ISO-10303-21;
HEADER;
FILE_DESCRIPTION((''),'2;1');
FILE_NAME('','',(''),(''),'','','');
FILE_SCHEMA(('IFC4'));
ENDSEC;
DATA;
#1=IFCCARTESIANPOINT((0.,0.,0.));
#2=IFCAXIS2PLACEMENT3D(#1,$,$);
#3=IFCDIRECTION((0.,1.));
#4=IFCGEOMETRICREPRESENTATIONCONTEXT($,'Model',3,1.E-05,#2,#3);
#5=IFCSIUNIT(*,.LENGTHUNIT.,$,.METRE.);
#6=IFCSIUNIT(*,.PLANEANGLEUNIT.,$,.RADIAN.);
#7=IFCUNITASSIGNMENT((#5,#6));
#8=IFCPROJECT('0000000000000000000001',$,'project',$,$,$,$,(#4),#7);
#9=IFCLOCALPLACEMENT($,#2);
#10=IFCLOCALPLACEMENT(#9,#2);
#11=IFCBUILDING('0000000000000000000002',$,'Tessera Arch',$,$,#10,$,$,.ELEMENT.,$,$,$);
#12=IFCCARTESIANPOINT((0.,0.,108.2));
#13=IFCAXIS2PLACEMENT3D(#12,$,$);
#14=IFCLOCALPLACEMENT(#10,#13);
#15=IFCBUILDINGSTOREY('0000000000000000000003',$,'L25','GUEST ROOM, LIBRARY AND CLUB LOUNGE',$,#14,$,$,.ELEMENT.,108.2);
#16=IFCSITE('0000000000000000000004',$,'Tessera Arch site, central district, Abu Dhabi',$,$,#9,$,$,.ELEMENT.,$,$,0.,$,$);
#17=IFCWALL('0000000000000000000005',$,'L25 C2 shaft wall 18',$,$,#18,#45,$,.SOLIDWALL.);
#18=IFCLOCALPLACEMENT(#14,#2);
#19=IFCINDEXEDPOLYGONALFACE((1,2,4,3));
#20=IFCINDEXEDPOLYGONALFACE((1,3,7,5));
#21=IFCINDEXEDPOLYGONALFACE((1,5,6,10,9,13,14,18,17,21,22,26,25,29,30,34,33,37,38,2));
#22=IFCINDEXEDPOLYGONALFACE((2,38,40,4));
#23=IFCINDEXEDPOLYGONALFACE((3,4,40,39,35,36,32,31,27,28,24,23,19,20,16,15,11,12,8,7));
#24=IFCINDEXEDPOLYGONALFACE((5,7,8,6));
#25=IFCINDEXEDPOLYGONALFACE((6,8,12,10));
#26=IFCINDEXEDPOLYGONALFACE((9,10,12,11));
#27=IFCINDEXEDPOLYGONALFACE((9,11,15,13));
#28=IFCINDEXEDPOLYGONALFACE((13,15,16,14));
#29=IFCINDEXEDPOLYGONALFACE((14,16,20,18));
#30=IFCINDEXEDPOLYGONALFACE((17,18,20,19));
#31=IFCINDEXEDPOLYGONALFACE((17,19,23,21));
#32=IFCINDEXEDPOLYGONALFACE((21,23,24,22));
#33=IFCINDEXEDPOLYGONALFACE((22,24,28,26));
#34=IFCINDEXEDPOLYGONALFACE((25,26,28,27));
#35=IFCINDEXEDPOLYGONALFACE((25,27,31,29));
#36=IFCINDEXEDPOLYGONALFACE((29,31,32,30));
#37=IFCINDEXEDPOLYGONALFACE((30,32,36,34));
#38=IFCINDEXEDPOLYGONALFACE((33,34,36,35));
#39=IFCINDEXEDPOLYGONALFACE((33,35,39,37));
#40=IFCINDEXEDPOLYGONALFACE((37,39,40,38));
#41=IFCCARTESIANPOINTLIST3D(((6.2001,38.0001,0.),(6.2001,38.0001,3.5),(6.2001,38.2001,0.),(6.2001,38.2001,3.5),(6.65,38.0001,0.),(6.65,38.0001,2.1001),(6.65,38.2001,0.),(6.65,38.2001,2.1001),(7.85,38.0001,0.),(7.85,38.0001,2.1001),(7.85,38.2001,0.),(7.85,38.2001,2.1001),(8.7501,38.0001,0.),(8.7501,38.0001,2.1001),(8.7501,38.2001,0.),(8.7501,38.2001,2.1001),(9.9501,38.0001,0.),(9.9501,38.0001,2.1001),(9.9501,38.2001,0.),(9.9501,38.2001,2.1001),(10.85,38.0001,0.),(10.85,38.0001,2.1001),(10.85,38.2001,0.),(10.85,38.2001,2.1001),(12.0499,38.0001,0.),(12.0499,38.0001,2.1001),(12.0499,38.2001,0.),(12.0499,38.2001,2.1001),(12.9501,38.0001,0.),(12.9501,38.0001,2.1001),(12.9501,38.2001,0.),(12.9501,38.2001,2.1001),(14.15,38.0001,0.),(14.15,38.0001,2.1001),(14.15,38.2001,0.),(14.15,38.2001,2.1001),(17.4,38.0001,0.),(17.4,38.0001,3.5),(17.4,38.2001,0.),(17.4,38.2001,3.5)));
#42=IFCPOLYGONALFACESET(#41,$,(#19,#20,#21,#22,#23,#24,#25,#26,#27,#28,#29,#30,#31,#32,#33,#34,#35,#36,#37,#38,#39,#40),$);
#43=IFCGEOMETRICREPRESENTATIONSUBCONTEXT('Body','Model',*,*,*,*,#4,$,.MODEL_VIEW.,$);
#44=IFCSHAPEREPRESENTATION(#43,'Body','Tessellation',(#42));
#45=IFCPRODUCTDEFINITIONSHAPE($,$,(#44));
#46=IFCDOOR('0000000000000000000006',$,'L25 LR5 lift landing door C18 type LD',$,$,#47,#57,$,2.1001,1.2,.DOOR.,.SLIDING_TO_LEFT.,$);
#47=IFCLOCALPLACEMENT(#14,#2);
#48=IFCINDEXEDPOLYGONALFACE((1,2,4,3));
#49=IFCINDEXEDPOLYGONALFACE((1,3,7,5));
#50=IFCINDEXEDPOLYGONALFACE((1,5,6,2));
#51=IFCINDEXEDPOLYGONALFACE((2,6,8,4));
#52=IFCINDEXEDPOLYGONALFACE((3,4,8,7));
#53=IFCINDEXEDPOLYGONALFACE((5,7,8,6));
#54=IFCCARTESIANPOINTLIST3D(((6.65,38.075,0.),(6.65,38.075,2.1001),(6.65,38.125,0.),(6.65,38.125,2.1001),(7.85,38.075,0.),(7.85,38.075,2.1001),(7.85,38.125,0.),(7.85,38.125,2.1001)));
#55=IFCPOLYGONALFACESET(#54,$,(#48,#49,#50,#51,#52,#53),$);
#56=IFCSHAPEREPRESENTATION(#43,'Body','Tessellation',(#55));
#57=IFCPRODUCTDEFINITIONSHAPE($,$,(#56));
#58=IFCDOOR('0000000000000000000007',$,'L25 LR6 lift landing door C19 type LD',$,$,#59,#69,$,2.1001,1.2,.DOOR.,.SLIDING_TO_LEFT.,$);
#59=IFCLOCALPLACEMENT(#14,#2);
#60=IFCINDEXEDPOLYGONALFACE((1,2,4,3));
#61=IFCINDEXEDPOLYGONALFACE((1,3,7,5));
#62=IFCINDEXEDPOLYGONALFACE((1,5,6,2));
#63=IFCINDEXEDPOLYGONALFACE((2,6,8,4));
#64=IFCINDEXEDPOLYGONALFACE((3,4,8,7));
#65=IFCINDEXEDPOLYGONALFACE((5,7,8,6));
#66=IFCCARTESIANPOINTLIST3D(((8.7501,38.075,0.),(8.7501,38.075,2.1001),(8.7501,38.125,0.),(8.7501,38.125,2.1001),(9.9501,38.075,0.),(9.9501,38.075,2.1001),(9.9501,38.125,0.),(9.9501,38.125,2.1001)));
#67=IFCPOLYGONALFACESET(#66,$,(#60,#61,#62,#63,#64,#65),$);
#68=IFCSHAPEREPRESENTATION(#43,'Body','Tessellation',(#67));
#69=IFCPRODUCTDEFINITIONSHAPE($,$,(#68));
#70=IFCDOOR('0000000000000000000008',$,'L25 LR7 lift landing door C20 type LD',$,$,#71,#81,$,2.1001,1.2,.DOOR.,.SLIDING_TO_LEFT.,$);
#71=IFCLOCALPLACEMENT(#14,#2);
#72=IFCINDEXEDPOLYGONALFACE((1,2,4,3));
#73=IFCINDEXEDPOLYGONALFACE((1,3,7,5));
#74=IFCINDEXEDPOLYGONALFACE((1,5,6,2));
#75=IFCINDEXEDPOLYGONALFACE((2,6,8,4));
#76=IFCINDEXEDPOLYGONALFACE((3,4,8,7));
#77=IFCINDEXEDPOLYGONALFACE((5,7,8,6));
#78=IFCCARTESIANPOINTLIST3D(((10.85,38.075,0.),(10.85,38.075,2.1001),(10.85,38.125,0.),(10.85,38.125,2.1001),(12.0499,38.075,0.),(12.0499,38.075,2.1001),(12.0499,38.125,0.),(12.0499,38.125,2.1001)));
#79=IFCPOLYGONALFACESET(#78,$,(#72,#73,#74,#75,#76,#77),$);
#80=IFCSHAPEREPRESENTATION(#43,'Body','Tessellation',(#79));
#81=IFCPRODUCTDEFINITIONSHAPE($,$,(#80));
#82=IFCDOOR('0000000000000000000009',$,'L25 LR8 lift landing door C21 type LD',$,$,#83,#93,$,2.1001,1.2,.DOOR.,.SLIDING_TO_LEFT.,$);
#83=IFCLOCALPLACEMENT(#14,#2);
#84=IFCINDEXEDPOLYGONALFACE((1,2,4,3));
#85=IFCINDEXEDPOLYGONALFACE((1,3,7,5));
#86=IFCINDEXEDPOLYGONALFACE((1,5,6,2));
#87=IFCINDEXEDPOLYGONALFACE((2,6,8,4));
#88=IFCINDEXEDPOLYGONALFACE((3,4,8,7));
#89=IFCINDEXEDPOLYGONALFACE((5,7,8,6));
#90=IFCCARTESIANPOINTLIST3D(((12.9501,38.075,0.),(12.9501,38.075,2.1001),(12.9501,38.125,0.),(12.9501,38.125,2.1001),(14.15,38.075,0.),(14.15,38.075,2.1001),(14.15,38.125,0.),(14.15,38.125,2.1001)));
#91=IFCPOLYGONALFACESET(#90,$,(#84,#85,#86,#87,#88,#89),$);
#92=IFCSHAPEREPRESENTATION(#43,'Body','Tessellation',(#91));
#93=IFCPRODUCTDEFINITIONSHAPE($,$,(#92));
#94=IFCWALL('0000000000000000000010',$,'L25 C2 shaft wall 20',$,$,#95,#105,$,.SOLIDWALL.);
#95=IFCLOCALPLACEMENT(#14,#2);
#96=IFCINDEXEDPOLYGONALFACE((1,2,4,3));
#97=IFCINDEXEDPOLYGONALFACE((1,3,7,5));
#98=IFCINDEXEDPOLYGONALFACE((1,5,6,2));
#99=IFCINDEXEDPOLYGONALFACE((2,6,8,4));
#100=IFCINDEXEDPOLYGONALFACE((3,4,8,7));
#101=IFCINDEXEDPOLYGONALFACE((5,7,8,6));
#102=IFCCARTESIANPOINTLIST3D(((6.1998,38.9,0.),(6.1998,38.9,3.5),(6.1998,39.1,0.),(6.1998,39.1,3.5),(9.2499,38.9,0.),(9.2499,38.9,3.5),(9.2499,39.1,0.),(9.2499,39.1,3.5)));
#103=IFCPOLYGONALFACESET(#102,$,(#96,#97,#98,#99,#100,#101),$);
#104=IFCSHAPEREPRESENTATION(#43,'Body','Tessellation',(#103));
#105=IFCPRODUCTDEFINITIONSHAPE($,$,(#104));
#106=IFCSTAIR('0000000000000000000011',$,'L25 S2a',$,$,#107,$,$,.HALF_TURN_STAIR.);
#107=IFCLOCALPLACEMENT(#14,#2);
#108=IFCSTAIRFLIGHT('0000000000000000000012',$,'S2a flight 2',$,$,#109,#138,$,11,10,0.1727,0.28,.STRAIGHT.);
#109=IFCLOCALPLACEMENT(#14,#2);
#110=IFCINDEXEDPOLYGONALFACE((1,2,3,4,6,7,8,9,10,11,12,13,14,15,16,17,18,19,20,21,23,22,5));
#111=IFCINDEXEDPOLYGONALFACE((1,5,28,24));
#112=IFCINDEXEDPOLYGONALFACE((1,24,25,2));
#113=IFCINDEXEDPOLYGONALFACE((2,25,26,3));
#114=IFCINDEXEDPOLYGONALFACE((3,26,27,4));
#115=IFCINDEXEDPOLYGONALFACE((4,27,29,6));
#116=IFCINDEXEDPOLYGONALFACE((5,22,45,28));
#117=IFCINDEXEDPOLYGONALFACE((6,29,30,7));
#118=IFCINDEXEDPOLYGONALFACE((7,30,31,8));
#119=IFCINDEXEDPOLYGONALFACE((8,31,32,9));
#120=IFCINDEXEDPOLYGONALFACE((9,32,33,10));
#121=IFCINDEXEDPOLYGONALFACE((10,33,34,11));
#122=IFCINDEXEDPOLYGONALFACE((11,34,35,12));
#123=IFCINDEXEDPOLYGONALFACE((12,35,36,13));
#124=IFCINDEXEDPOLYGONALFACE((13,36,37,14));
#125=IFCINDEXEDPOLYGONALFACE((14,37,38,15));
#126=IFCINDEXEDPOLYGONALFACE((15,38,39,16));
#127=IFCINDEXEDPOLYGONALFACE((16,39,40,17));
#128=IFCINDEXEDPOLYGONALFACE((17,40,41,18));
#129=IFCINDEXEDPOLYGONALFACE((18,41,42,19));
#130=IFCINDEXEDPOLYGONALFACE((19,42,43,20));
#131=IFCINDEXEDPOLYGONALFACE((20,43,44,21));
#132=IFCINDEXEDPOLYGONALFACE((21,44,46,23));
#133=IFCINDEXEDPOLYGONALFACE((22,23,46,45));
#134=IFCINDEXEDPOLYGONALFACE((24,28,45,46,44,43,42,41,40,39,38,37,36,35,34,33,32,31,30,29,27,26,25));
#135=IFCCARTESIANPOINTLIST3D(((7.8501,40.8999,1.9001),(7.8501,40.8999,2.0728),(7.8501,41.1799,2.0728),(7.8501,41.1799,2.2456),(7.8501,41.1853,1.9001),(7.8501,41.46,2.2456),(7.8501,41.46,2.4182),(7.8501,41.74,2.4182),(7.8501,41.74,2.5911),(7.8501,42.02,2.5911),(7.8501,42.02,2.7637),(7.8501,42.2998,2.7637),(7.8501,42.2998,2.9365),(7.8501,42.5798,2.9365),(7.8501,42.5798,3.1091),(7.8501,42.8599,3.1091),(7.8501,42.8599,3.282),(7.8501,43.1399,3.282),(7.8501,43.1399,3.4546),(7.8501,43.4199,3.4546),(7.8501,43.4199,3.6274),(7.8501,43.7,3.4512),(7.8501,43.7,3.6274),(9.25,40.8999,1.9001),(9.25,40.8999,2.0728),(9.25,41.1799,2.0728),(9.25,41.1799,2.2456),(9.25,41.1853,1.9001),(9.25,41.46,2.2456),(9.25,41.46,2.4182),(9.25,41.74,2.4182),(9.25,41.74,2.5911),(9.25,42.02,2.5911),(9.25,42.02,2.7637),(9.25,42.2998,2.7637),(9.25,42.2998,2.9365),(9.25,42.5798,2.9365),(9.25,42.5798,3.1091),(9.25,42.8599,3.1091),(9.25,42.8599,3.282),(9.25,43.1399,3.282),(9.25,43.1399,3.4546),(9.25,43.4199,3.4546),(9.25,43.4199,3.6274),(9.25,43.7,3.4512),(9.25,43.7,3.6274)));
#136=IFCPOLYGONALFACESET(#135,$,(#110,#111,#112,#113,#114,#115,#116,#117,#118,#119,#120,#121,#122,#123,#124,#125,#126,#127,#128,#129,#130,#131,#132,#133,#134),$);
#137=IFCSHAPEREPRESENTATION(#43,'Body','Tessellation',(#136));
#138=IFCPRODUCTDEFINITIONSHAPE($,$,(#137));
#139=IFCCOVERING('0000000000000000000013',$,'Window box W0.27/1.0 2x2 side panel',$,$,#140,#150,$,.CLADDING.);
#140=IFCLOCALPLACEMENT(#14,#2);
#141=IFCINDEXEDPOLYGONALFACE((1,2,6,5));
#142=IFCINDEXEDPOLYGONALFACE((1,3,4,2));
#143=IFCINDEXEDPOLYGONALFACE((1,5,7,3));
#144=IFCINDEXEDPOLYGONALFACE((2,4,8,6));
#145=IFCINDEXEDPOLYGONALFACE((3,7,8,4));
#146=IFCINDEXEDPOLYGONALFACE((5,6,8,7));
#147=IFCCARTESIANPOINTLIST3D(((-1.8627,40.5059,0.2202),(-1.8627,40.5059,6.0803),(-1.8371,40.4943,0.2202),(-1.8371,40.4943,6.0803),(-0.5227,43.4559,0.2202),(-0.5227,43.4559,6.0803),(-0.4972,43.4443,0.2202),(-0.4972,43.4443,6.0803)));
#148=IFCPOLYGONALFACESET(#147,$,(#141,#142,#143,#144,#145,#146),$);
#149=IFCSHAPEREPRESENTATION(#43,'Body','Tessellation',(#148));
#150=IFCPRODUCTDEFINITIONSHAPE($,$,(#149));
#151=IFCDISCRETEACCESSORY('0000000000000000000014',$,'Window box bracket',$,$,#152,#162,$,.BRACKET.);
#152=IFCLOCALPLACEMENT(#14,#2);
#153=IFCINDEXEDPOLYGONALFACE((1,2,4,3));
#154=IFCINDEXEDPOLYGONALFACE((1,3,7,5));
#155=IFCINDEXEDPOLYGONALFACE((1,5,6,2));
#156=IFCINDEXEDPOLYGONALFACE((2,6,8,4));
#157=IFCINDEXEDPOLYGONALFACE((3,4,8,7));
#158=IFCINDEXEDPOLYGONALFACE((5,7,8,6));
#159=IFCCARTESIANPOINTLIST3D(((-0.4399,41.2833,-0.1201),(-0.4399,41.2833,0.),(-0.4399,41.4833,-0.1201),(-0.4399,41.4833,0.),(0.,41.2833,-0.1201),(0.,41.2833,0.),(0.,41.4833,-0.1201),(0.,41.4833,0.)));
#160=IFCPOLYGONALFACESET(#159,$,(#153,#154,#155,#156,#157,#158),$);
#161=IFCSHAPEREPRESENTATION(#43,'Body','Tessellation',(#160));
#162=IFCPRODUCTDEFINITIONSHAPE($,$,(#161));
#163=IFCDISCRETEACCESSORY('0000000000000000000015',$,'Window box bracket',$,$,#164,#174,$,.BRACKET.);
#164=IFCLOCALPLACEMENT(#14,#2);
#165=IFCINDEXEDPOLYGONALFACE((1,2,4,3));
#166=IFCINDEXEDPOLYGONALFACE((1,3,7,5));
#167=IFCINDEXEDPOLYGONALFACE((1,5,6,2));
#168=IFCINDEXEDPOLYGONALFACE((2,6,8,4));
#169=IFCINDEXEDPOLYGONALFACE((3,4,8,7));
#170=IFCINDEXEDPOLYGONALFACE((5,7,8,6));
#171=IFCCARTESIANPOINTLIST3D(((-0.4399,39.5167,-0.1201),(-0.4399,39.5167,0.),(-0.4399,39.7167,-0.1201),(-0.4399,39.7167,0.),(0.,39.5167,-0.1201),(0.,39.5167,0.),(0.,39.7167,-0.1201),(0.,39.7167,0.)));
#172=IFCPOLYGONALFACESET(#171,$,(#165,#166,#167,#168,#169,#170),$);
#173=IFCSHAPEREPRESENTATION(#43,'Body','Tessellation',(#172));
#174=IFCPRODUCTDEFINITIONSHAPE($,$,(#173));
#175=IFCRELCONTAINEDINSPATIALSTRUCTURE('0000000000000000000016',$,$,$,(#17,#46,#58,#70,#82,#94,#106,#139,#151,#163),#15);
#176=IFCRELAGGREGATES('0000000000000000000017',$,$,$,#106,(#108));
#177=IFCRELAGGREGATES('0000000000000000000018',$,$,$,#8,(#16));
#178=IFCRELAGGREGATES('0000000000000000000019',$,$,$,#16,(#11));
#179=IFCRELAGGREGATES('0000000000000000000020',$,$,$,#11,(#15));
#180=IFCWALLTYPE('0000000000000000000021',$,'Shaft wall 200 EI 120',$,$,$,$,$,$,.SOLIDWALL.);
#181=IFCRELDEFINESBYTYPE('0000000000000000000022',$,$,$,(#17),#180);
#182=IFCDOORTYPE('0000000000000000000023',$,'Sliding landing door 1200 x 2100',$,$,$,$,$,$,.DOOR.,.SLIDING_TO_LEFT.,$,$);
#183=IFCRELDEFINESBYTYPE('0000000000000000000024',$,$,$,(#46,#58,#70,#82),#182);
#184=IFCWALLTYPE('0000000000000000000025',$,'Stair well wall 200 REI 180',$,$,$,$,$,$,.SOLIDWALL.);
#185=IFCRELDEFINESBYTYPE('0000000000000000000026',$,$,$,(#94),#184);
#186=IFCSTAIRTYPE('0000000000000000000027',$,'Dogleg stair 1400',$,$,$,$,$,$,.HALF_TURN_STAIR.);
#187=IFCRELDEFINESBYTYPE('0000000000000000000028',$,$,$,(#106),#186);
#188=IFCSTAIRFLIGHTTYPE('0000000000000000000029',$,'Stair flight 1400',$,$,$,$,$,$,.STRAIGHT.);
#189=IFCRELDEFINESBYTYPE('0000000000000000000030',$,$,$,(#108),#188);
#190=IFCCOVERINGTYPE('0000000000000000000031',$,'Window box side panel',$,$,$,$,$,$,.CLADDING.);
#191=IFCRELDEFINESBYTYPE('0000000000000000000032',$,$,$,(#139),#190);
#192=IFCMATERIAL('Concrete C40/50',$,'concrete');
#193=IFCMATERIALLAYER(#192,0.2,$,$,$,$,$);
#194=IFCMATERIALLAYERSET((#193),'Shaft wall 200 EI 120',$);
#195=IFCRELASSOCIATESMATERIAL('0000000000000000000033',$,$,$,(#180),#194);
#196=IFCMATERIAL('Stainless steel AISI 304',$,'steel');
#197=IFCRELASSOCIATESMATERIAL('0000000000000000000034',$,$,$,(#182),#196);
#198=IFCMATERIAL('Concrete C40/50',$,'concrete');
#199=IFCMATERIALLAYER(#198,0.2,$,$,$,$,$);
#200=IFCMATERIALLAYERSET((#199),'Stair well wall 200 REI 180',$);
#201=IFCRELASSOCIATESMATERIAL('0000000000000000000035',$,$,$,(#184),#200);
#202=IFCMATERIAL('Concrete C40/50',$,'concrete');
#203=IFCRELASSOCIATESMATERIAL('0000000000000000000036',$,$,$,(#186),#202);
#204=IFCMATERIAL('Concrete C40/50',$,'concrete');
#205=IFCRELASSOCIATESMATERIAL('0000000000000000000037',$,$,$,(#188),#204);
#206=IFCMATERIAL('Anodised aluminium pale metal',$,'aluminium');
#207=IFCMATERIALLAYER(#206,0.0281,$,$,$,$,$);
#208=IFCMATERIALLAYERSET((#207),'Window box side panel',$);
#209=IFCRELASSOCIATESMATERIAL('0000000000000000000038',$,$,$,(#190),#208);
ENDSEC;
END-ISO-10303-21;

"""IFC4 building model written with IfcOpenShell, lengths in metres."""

from ifc_helpers import new_model, si_unit, direction, frame, frame_2d, origin, origin_2d, place, context, subcontext, project, spatial, polyline, rectangle, outline, extrude, material, layer, layer_set, type_object, element, fill, aggregate, save


model = new_model("IFC4")

# Units and contexts
model_context = context("Model", 3, precision=1e-05, world=origin(), true_north=direction((0.0, 1.0)))
body_context = subcontext(model_context, "Body", "Model", "MODEL_VIEW")
ifc_project = project(units=[si_unit("LENGTHUNIT", "METRE"), si_unit("PLANEANGLEUNIT", "RADIAN")], contexts=[model_context])

# Site, building, storey
site_placement = place(None, origin())
site = spatial("IfcSite", under=ifc_project, at=site_placement, Name="Tessera Arch site, central district, Abu Dhabi", CompositionType="ELEMENT", RefElevation=0.0)
building_placement = place(site_placement, origin())
building = spatial("IfcBuilding", under=site, at=building_placement, Name="Tessera Arch", CompositionType="ELEMENT")
storey_placement = place(building_placement, frame((0.0, 0.0, 108.2)))
storey = spatial("IfcBuildingStorey", under=building, at=storey_placement, Name="L25", Description="GUEST ROOM, LIBRARY AND CLUB LOUNGE", CompositionType="ELEMENT", Elevation=108.2)

# Wall, openings, doors
ifc_material_1 = material(Name="Concrete C40/50", Category="concrete")
ifc_layer_1 = layer(ifc_material_1, 0.2)
ifc_layer_set_1 = layer_set([ifc_layer_1], Name="Shaft wall 200 EI 120")
wall_type_1 = type_object("IfcWallType", Name="Shaft wall 200 EI 120", PredefinedType="SOLIDWALL", material=ifc_layer_set_1)
wall_1_placement = place(storey_placement, frame((6.2, 38.1001, 0.0), z_axis=(0.0, 0.0, 1.0), x_axis=(1.0, 0.0, 0.0)))
wall_1 = element("IfcWall", 1, at=wall_1_placement, inside=storey, type_object=wall_type_1, Name="L25 C2 shaft wall 18", PredefinedType="SOLIDWALL", context=body_context, shape_type="SweptSolid", body=[
    extrude(rectangle(XDim=11.2, YDim=0.2, at=frame_2d((5.6001, 0.0))), origin(), (0.0, 0.0, 1.0), 3.5),
])
opening_1_placement = place(wall_1_placement, frame((0.45, 0.0, 0.0)))
opening_1 = element("IfcOpeningElement", 2, at=opening_1_placement, cuts=wall_1, PredefinedType="OPENING", context=body_context, shape_type="SweptSolid", body=[
    extrude(rectangle(XDim=1.2, YDim=2.1001, at=frame_2d((0.6001, 1.05))), frame((0.0, 0.1099, 0.0), z_axis=(0.0, -1.0, 0.0), x_axis=(1.0, 0.0, 0.0)), (0.0, 0.0, 1.0), 0.22),
])
opening_2_placement = place(wall_1_placement, frame((2.55, 0.0, 0.0)))
opening_2 = element("IfcOpeningElement", 3, at=opening_2_placement, cuts=wall_1, PredefinedType="OPENING", context=body_context, shape_type="SweptSolid", body=[
    extrude(rectangle(XDim=1.2, YDim=2.1001, at=frame_2d((0.6001, 1.05))), frame((0.0, 0.1099, 0.0), z_axis=(0.0, -1.0, 0.0), x_axis=(1.0, 0.0, 0.0)), (0.0, 0.0, 1.0), 0.22),
])
opening_3_placement = place(wall_1_placement, frame((4.6499, 0.0, 0.0)))
opening_3 = element("IfcOpeningElement", 4, at=opening_3_placement, cuts=wall_1, PredefinedType="OPENING", context=body_context, shape_type="SweptSolid", body=[
    extrude(rectangle(XDim=1.2, YDim=2.1001, at=frame_2d((0.6001, 1.05))), frame((0.0, 0.1099, 0.0), z_axis=(0.0, -1.0, 0.0), x_axis=(1.0, 0.0, 0.0)), (0.0, 0.0, 1.0), 0.22),
])
opening_4_placement = place(wall_1_placement, frame((6.75, 0.0, 0.0)))
opening_4 = element("IfcOpeningElement", 5, at=opening_4_placement, cuts=wall_1, PredefinedType="OPENING", context=body_context, shape_type="SweptSolid", body=[
    extrude(rectangle(XDim=1.2, YDim=2.1001, at=frame_2d((0.6001, 1.05))), frame((0.0, 0.1099, 0.0), z_axis=(0.0, -1.0, 0.0), x_axis=(1.0, 0.0, 0.0)), (0.0, 0.0, 1.0), 0.22),
])
ifc_material_2 = material(Name="Stainless steel AISI 304", Category="steel")
door_type = type_object("IfcDoorType", Name="Sliding landing door 1200 x 2100", OperationType="SLIDING_TO_LEFT", PredefinedType="DOOR", material=ifc_material_2)
door_1_placement = place(opening_1_placement, origin())
door_1 = element("IfcDoor", 6, at=door_1_placement, inside=storey, type_object=door_type, Name="L25 LR5 lift landing door C18 type LD", OperationType="SLIDING_TO_LEFT", OverallHeight=2.1001, OverallWidth=1.2, PredefinedType="DOOR", context=body_context, shape_type="SweptSolid", body=[
    extrude(rectangle(XDim=1.2, YDim=2.1001, at=frame_2d((0.6001, 1.05))), frame((0.0, 0.0249, 0.0), z_axis=(0.0, -1.0, 0.0), x_axis=(1.0, 0.0, 0.0)), (0.0, 0.0, 1.0), 0.05),
])
fill(opening_1, door_1)
door_2_placement = place(opening_2_placement, origin())
door_2 = element("IfcDoor", 7, at=door_2_placement, inside=storey, type_object=door_type, Name="L25 LR6 lift landing door C19 type LD", OperationType="SLIDING_TO_LEFT", OverallHeight=2.1001, OverallWidth=1.2, PredefinedType="DOOR", context=body_context, shape_type="SweptSolid", body=[
    extrude(rectangle(XDim=1.2, YDim=2.1001, at=frame_2d((0.6001, 1.05))), frame((0.0, 0.0249, 0.0), z_axis=(0.0, -1.0, 0.0), x_axis=(1.0, 0.0, 0.0)), (0.0, 0.0, 1.0), 0.05),
])
fill(opening_2, door_2)
door_3_placement = place(opening_3_placement, origin())
door_3 = element("IfcDoor", 8, at=door_3_placement, inside=storey, type_object=door_type, Name="L25 LR7 lift landing door C20 type LD", OperationType="SLIDING_TO_LEFT", OverallHeight=2.1001, OverallWidth=1.2, PredefinedType="DOOR", context=body_context, shape_type="SweptSolid", body=[
    extrude(rectangle(XDim=1.2, YDim=2.1001, at=frame_2d((0.6001, 1.05))), frame((0.0, 0.0249, 0.0), z_axis=(0.0, -1.0, 0.0), x_axis=(1.0, 0.0, 0.0)), (0.0, 0.0, 1.0), 0.05),
])
fill(opening_3, door_3)
door_4_placement = place(opening_4_placement, origin())
door_4 = element("IfcDoor", 9, at=door_4_placement, inside=storey, type_object=door_type, Name="L25 LR8 lift landing door C21 type LD", OperationType="SLIDING_TO_LEFT", OverallHeight=2.1001, OverallWidth=1.2, PredefinedType="DOOR", context=body_context, shape_type="SweptSolid", body=[
    extrude(rectangle(XDim=1.2, YDim=2.1001, at=frame_2d((0.6001, 1.05))), frame((0.0, 0.0249, 0.0), z_axis=(0.0, -1.0, 0.0), x_axis=(1.0, 0.0, 0.0)), (0.0, 0.0, 1.0), 0.05),
])
fill(opening_4, door_4)

# Wall
ifc_material_3 = material(Name="Concrete C40/50", Category="concrete")
ifc_layer_2 = layer(ifc_material_3, 0.2)
ifc_layer_set_2 = layer_set([ifc_layer_2], Name="Stair well wall 200 REI 180")
wall_type_2 = type_object("IfcWallType", Name="Stair well wall 200 REI 180", PredefinedType="SOLIDWALL", material=ifc_layer_set_2)
wall_2_placement = place(storey_placement, frame((6.2, 39.0, 0.0), z_axis=(0.0, 0.0, 1.0), x_axis=(1.0, 0.0, 0.0)))
element("IfcWall", 10, at=wall_2_placement, inside=storey, type_object=wall_type_2, Name="L25 C2 shaft wall 20", PredefinedType="SOLIDWALL", context=body_context, shape_type="SweptSolid", body=[
    extrude(rectangle(XDim=3.05, YDim=0.2, at=frame_2d((1.5249, 0.0))), origin(), (0.0, 0.0, 1.0), 3.5),
])

# Stair, stair flight
ifc_material_4 = material(Name="Concrete C40/50", Category="concrete")
stair_type = type_object("IfcStairType", Name="Dogleg stair 1400", PredefinedType="HALF_TURN_STAIR", material=ifc_material_4)
stair_placement = place(storey_placement, origin())
stair = element("IfcStair", 11, at=stair_placement, inside=storey, type_object=stair_type, Name="L25 S2a", PredefinedType="HALF_TURN_STAIR")
ifc_material_5 = material(Name="Concrete C40/50", Category="concrete")
stair_flight_type = type_object("IfcStairFlightType", Name="Stair flight 1400", PredefinedType="STRAIGHT", material=ifc_material_5)
stair_flight_placement = place(storey_placement, frame((8.55, 40.8999, 1.9001), z_axis=(0.0, 0.0, 1.0), x_axis=(0.0, 1.0, 0.0)))
stair_flight = element("IfcStairFlight", 12, at=stair_flight_placement, type_object=stair_flight_type, Name="S2a flight 2", NumberOfRisers=11, NumberOfTreads=10, PredefinedType="STRAIGHT", RiserHeight=0.1727, TreadLength=0.28, context=body_context, shape_type="SweptSolid", body=[
    extrude(outline(polyline([(0.0, 0.0), (0.0, 0.1726), (0.28, 0.1726), (0.28, 0.3455), (0.5601, 0.3455), (0.5601, 0.5181), (0.8401, 0.5181), (0.8401, 0.6909), (1.1201, 0.6909), (1.1201, 0.8635), (1.3999, 0.8635), (1.3999, 1.0364), (1.6799, 1.0364), (1.6799, 1.209), (1.96, 1.209), (1.96, 1.3818), (2.24, 1.3818), (2.24, 1.5544), (2.52, 1.5544), (2.52, 1.7273), (2.8, 1.7273), (2.8, 1.8999), (2.8, 1.551), (0.2854, 0.0), (0.0, 0.0)])), frame((0.0, 0.7, 0.0), z_axis=(0.0, -1.0, 0.0), x_axis=(1.0, 0.0, 0.0)), (0.0, 0.0, 1.0), 1.3999),
])
aggregate(stair, [stair_flight])

# Covering
ifc_material_6 = material(Name="Anodised aluminium pale metal", Category="aluminium")
ifc_layer_3 = layer(ifc_material_6, 0.0281)
ifc_layer_set_3 = layer_set([ifc_layer_3], Name="Window box side panel")
covering_type = type_object("IfcCoveringType", Name="Window box side panel", PredefinedType="CLADDING", material=ifc_layer_set_3)
covering_placement = place(storey_placement, frame((-1.1799, 41.9751, 0.2202), z_axis=(0.0, 0.0, 1.0), x_axis=(-0.41357, -0.910472, 0.0)))
element("IfcCovering", 13, at=covering_placement, inside=storey, type_object=covering_type, Name="Window box W0.27/1.0 2x2 side panel", PredefinedType="CLADDING", context=body_context, shape_type="SweptSolid", body=[
    extrude(rectangle(XDim=3.24, YDim=0.0281, at=origin_2d()), origin(), (0.0, 0.0, 1.0), 5.8601),
])

# Discrete accessories
for number, where, z_axis, x_axis, name in (
    (14, (-0.22, 41.3833, -0.1201), (0.0, 0.0, 1.0), (-1.0, 0.0, 0.0), "Window box bracket"),
    (15, (-0.22, 39.6167, -0.1201), (0.0, 0.0, 1.0), (-1.0, 0.0, 0.0), "Window box bracket"),
):
    element("IfcDiscreteAccessory", number, at=place(storey_placement, frame(where, z_axis=z_axis, x_axis=x_axis)), inside=storey, Name=name, PredefinedType="BRACKET", context=body_context, shape_type="SweptSolid", body=[
        extrude(rectangle(XDim=0.4399, YDim=0.2, at=origin_2d()), origin(), (0.0, 0.0, 1.0), 0.1201),
    ])

save(model, "model.ifc")
